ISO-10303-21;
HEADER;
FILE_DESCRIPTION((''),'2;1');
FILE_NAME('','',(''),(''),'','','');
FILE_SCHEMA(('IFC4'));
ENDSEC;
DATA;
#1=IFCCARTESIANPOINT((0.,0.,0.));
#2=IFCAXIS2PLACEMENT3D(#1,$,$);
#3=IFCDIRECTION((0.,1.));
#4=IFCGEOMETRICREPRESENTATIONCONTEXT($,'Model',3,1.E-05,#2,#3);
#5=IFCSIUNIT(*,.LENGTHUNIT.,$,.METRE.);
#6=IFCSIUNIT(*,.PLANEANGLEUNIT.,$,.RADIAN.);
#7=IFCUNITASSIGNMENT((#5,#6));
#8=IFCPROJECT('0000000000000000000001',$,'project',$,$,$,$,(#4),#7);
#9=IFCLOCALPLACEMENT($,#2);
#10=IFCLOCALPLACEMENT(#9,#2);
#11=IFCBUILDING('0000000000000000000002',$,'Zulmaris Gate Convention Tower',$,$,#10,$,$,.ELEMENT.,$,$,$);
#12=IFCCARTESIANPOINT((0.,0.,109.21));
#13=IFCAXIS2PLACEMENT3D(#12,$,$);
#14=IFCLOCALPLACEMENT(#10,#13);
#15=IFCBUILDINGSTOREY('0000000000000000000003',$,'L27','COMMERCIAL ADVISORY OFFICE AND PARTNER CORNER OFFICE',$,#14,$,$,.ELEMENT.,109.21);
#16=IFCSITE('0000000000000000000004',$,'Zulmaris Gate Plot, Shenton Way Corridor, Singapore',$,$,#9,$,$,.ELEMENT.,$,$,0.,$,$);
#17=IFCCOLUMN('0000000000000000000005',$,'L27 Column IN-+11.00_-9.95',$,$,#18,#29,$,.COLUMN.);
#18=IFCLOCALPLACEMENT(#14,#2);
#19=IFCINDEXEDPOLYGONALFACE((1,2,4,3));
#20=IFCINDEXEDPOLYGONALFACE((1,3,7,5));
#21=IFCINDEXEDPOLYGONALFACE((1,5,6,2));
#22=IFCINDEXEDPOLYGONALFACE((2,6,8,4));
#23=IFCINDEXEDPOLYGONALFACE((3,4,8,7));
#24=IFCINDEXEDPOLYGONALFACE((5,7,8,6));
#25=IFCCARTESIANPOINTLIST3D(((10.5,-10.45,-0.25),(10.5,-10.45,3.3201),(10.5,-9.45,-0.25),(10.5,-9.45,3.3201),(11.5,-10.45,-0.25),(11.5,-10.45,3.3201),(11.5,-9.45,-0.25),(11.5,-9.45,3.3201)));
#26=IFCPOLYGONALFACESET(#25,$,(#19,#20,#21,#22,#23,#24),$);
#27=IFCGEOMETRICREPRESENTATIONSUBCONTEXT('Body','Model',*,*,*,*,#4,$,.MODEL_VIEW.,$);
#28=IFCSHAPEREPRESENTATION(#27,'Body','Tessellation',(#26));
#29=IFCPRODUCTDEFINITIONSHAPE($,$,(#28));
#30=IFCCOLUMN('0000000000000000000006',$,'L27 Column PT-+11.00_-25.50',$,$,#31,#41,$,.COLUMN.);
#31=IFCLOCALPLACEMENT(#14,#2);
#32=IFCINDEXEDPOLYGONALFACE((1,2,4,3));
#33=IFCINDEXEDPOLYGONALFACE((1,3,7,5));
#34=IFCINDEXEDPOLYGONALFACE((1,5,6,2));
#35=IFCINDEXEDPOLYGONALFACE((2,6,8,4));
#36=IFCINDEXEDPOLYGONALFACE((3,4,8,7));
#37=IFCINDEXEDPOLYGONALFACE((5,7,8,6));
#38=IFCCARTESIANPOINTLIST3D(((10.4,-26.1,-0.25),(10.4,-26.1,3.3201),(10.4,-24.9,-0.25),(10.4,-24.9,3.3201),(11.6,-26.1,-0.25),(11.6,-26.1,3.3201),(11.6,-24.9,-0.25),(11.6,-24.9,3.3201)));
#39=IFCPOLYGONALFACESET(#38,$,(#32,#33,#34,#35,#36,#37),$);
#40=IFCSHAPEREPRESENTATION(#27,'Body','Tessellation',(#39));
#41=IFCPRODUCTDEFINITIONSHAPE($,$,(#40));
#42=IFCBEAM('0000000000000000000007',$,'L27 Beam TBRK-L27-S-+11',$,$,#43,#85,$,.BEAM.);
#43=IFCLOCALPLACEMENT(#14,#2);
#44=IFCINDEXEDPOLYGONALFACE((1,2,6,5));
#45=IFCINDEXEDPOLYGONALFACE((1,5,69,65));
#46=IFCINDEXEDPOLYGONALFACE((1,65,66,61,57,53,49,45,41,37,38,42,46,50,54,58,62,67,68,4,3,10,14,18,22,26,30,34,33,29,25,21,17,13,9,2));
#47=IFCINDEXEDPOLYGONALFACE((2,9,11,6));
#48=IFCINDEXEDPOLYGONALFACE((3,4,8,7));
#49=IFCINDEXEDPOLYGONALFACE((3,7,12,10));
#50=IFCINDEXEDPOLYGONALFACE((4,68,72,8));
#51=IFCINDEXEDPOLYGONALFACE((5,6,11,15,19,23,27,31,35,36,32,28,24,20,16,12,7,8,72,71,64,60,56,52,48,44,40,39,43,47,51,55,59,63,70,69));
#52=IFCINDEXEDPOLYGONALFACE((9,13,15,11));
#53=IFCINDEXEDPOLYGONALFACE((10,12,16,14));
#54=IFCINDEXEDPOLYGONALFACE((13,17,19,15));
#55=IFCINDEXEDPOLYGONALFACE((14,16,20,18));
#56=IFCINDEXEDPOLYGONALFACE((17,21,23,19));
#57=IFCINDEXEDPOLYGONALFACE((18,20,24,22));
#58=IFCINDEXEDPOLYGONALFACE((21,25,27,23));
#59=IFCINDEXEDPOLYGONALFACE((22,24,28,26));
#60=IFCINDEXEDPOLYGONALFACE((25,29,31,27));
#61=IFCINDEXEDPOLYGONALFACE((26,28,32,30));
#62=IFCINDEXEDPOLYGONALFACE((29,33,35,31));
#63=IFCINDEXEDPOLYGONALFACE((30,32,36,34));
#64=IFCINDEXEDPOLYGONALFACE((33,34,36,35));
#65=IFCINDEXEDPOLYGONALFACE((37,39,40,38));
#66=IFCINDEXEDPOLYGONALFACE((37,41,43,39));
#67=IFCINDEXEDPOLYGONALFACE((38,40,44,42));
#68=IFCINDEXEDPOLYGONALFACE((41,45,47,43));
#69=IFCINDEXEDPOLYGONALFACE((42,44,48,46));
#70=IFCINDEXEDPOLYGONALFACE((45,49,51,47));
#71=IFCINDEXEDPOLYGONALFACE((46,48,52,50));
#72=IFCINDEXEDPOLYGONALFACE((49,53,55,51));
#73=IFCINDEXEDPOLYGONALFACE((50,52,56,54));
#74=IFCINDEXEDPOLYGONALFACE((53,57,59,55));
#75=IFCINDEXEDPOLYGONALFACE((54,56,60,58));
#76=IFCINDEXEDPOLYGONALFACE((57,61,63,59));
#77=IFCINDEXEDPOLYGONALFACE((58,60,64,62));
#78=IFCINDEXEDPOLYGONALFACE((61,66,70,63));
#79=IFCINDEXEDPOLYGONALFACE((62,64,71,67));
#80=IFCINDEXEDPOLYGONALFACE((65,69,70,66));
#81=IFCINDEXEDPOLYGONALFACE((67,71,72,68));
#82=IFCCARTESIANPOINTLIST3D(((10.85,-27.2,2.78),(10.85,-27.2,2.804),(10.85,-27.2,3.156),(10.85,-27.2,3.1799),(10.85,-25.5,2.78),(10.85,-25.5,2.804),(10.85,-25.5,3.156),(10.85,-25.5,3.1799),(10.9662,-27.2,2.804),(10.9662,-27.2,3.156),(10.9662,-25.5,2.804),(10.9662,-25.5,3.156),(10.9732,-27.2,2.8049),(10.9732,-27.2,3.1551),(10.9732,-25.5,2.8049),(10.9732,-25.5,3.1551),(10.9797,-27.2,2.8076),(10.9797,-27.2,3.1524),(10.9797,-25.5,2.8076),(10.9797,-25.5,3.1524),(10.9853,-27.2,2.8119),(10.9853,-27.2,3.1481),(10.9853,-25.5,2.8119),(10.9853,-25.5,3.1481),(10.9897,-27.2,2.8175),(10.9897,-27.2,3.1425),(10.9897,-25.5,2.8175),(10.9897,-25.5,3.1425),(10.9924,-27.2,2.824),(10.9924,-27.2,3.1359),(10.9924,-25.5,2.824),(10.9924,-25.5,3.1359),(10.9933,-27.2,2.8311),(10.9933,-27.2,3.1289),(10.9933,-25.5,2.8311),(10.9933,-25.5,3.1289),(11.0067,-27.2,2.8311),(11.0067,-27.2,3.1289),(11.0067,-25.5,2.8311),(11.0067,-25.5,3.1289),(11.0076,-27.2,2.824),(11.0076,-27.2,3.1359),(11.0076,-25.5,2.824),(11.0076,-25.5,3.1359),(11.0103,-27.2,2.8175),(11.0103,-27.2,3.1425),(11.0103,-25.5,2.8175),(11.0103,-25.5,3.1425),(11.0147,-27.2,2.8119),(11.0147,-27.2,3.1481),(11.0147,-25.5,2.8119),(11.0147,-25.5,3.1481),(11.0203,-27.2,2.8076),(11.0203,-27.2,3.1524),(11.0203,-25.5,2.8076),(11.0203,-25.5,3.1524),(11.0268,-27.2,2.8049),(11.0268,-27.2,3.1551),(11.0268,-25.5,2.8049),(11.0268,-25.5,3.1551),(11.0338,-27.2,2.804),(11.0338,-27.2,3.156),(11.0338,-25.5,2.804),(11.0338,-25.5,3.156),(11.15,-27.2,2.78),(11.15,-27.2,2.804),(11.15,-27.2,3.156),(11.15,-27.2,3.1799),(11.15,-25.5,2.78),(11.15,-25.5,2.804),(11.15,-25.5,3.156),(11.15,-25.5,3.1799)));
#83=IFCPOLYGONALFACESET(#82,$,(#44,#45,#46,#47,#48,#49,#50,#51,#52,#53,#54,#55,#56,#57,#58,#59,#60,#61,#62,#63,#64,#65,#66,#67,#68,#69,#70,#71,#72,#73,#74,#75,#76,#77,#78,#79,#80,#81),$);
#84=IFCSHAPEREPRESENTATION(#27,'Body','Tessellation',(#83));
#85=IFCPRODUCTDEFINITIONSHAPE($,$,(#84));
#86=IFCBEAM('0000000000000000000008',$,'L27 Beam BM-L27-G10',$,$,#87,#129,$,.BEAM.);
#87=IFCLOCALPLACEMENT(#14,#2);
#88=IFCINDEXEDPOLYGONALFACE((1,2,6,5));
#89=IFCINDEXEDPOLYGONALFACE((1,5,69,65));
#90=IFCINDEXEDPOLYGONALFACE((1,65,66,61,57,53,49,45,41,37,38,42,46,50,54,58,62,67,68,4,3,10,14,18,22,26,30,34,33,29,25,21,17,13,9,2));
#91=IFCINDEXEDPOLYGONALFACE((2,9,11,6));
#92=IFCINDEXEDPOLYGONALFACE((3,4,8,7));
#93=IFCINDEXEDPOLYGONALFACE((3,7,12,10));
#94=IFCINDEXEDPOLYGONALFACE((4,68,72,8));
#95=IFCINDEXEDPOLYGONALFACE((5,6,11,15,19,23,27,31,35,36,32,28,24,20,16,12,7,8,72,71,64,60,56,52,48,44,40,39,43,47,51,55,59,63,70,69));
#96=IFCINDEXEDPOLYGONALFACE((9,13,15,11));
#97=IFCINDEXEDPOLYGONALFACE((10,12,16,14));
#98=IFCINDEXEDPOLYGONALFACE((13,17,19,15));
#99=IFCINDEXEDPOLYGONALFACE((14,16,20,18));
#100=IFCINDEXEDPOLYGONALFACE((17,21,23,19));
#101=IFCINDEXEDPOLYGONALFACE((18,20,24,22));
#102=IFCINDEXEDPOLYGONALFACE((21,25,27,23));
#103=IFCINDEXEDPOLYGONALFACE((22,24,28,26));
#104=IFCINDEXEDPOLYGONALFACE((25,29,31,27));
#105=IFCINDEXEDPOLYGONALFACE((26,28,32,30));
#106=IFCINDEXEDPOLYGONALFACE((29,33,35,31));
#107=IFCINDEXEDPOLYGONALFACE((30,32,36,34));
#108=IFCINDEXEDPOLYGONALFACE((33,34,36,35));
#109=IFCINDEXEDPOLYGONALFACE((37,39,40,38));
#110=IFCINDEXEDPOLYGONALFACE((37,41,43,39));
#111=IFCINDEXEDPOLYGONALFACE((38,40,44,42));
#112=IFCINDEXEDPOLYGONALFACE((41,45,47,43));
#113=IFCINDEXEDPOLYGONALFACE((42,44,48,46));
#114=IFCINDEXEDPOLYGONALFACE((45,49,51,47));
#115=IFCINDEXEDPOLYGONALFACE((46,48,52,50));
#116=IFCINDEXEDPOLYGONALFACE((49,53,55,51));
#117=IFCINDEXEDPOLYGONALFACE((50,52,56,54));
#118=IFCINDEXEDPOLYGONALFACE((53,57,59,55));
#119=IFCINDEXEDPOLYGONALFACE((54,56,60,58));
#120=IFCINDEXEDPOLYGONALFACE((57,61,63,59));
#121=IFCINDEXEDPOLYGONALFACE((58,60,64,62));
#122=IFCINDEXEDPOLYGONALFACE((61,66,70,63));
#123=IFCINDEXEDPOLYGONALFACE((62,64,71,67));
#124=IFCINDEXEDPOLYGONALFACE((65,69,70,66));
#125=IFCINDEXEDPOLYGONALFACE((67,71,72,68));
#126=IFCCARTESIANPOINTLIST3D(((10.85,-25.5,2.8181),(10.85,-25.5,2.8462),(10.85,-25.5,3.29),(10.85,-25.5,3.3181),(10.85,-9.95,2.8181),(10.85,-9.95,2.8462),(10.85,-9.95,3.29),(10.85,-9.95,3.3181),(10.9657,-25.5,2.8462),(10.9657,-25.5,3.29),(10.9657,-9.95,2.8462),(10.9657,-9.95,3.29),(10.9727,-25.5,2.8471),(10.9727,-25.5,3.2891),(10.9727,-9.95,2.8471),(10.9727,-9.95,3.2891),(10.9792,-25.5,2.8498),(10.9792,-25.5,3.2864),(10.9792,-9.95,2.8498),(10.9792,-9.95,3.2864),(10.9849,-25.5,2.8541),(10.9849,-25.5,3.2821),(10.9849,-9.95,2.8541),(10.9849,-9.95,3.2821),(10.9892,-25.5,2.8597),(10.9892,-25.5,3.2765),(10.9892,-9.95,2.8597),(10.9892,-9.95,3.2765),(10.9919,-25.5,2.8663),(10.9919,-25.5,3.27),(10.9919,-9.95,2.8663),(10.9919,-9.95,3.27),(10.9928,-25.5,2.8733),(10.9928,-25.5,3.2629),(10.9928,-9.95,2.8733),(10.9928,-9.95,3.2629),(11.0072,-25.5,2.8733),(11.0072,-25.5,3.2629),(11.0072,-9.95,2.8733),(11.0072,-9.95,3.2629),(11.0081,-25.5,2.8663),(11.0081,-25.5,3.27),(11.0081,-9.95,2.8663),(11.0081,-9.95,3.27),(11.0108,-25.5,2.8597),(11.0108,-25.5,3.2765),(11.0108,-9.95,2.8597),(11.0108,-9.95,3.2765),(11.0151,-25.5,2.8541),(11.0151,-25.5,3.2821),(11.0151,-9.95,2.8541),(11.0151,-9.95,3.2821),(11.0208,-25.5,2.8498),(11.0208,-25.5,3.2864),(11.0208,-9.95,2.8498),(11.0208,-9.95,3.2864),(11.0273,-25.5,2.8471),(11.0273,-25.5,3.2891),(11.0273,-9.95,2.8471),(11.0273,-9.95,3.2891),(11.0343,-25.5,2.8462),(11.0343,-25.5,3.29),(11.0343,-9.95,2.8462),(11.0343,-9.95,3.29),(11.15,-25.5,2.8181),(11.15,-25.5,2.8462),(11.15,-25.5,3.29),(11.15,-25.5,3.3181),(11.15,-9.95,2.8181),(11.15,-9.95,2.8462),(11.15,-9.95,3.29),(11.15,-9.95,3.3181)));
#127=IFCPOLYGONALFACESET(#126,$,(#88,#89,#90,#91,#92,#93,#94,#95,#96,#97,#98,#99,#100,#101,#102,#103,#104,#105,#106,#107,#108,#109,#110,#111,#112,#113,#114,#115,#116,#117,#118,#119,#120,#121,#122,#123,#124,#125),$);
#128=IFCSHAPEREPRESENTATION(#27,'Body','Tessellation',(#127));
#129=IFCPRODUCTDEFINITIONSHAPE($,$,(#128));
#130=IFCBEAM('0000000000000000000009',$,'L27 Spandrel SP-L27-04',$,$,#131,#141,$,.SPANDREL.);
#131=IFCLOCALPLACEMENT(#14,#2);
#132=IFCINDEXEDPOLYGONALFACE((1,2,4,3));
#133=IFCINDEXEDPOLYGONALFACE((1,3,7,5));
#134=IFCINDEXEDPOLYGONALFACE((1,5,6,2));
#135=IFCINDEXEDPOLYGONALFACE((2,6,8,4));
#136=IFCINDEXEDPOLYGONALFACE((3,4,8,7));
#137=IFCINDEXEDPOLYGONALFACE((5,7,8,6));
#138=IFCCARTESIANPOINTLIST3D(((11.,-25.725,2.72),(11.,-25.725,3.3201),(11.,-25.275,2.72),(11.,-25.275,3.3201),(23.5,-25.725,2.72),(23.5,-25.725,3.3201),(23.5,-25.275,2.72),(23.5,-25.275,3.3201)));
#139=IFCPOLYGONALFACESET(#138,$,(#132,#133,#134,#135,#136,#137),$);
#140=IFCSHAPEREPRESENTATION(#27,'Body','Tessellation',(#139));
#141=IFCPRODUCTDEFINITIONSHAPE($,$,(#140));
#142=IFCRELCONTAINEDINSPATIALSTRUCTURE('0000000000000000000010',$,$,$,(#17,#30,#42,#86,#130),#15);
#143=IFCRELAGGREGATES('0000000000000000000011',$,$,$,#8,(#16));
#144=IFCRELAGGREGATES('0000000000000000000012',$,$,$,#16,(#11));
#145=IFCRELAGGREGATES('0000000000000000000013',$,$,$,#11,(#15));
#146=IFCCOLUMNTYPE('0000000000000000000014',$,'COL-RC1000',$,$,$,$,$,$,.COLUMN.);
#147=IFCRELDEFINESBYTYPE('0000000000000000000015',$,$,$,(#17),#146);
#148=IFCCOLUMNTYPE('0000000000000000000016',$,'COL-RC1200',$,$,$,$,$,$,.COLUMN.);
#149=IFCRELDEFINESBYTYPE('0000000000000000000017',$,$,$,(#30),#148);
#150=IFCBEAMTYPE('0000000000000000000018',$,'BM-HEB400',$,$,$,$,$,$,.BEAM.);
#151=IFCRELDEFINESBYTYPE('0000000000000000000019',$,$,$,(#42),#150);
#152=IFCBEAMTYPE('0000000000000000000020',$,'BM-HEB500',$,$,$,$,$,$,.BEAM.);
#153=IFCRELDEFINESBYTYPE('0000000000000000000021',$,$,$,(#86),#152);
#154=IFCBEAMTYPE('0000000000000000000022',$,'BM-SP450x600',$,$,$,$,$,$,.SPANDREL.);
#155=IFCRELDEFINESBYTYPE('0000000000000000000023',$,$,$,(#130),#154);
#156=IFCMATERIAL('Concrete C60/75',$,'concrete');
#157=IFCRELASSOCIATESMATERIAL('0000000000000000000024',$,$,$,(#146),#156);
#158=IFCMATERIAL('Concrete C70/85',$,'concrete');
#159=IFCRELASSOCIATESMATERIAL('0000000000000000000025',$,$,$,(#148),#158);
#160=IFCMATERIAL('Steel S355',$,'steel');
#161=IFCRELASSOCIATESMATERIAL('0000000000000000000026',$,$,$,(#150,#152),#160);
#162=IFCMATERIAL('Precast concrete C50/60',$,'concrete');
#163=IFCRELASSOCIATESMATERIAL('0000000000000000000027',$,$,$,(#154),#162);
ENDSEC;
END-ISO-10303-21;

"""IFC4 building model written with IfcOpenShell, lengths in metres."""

from ifc_helpers import new_model, si_unit, direction, frame, origin, origin_2d, place, context, subcontext, project, spatial, rectangle, i_section, extrude, material, material_profile, profile_set, type_object, element, save


model = new_model("IFC4")

# Units and contexts
model_context = context("Model", 3, precision=1e-05, world=origin(), true_north=direction((0.0, 1.0)))
body_context = subcontext(model_context, "Body", "Model", "MODEL_VIEW")
ifc_project = project(units=[si_unit("LENGTHUNIT", "METRE"), si_unit("PLANEANGLEUNIT", "RADIAN")], contexts=[model_context])

# Site, building, storey
site_placement = place(None, origin())
site = spatial("IfcSite", under=ifc_project, at=site_placement, Name="Zulmaris Gate Plot, Shenton Way Corridor, Singapore", CompositionType="ELEMENT", RefElevation=0.0)
building_placement = place(site_placement, origin())
building = spatial("IfcBuilding", under=site, at=building_placement, Name="Zulmaris Gate Convention Tower", CompositionType="ELEMENT")
storey_placement = place(building_placement, frame((0.0, 0.0, 109.21)))
storey = spatial("IfcBuildingStorey", under=building, at=storey_placement, Name="L27", Description="COMMERCIAL ADVISORY OFFICE AND PARTNER CORNER OFFICE", CompositionType="ELEMENT", Elevation=109.21)

# Columns
ifc_material_1 = material(Name="Concrete C60/75", Category="concrete")
ifc_material_profile_1 = material_profile(ifc_material_1, rectangle(XDim=1.0, YDim=1.0, at=origin_2d()), Name="RC COL 1000x1000")
ifc_profile_set_1 = profile_set([ifc_material_profile_1], Name="Concrete C60/75")
column_type_1 = type_object("IfcColumnType", Name="COL-RC1000", PredefinedType="COLUMN", material=ifc_profile_set_1)
column_1_placement = place(storey_placement, frame((11.0, -9.95, -0.25), z_axis=(0.0, 0.0, 1.0), x_axis=(1.0, 0.0, 0.0)))
element("IfcColumn", 1, at=column_1_placement, inside=storey, type_object=column_type_1, Name="L27 Column IN-+11.00_-9.95", PredefinedType="COLUMN", context=body_context, shape_type="SweptSolid", body=[
    extrude(rectangle(XDim=1.0, YDim=1.0, at=origin_2d()), origin(), (0.0, 0.0, 1.0), 3.5701),
])
ifc_material_2 = material(Name="Concrete C70/85", Category="concrete")
ifc_material_profile_2 = material_profile(ifc_material_2, rectangle(XDim=1.2, YDim=1.2, at=origin_2d()), Name="RC COL 1200x1200")
ifc_profile_set_2 = profile_set([ifc_material_profile_2], Name="Concrete C70/85")
column_type_2 = type_object("IfcColumnType", Name="COL-RC1200", PredefinedType="COLUMN", material=ifc_profile_set_2)
column_2_placement = place(storey_placement, frame((11.0, -25.5, -0.25), z_axis=(0.0, 0.0, 1.0), x_axis=(1.0, 0.0, 0.0)))
element("IfcColumn", 2, at=column_2_placement, inside=storey, type_object=column_type_2, Name="L27 Column PT-+11.00_-25.50", PredefinedType="COLUMN", context=body_context, shape_type="SweptSolid", body=[
    extrude(rectangle(XDim=1.2, YDim=1.2, at=origin_2d()), origin(), (0.0, 0.0, 1.0), 3.5701),
])

# Beams
ifc_material_3 = material(Name="Steel S355", Category="steel")
ifc_material_profile_3 = material_profile(ifc_material_3, i_section(OverallWidth=0.3, OverallDepth=0.3999, WebThickness=0.0134, FlangeThickness=0.0239, FilletRadius=0.0271, at=origin_2d()), Name="HEB 400")
ifc_profile_set_3 = profile_set([ifc_material_profile_3], Name="Steel S355")
beam_type_1 = type_object("IfcBeamType", Name="BM-HEB400", PredefinedType="BEAM", material=ifc_profile_set_3)
beam_1_placement = place(storey_placement, frame((11.0, -27.2, 2.98), z_axis=(0.0, 1.0, 0.0), x_axis=(-1.0, 0.0, 0.0)))
element("IfcBeam", 3, at=beam_1_placement, inside=storey, type_object=beam_type_1, Name="L27 Beam TBRK-L27-S-+11", PredefinedType="BEAM", context=body_context, shape_type="SweptSolid", body=[
    extrude(i_section(OverallWidth=0.3, OverallDepth=0.3999, WebThickness=0.0134, FlangeThickness=0.0239, FilletRadius=0.0271, at=origin_2d()), origin(), (0.0, 0.0, 1.0), 1.7),
])
ifc_material_profile_4 = material_profile(ifc_material_3, i_section(OverallWidth=0.3, OverallDepth=0.5, WebThickness=0.0144, FlangeThickness=0.0281, FilletRadius=0.0271, at=origin_2d()), Name="HEB 500")
ifc_profile_set_4 = profile_set([ifc_material_profile_4], Name="Steel S355")
beam_type_2 = type_object("IfcBeamType", Name="BM-HEB500", PredefinedType="BEAM", material=ifc_profile_set_4)
beam_2_placement = place(storey_placement, frame((11.0, -25.5, 3.0681), z_axis=(0.0, 1.0, 0.0), x_axis=(-1.0, 0.0, 0.0)))
element("IfcBeam", 4, at=beam_2_placement, inside=storey, type_object=beam_type_2, Name="L27 Beam BM-L27-G10", PredefinedType="BEAM", context=body_context, shape_type="SweptSolid", body=[
    extrude(i_section(OverallWidth=0.3, OverallDepth=0.5, WebThickness=0.0144, FlangeThickness=0.0281, FilletRadius=0.0271, at=origin_2d()), origin(), (0.0, 0.0, 1.0), 15.55),
])
ifc_material_4 = material(Name="Precast concrete C50/60", Category="concrete")
ifc_material_profile_5 = material_profile(ifc_material_4, rectangle(XDim=0.45, YDim=0.6001, at=origin_2d()), Name="RC SPANDREL 450x600")
ifc_profile_set_5 = profile_set([ifc_material_profile_5], Name="Precast concrete C50/60")
beam_type_3 = type_object("IfcBeamType", Name="BM-SP450x600", PredefinedType="SPANDREL", material=ifc_profile_set_5)
beam_3_placement = place(storey_placement, frame((11.0, -25.5, 3.02), z_axis=(1.0, 0.0, 0.0), x_axis=(0.0, 1.0, 0.0)))
element("IfcBeam", 5, at=beam_3_placement, inside=storey, type_object=beam_type_3, Name="L27 Spandrel SP-L27-04", PredefinedType="SPANDREL", context=body_context, shape_type="SweptSolid", body=[
    extrude(rectangle(XDim=0.45, YDim=0.6001, at=origin_2d()), origin(), (0.0, 0.0, 1.0), 12.5),
])

save(model, "model.ifc")
